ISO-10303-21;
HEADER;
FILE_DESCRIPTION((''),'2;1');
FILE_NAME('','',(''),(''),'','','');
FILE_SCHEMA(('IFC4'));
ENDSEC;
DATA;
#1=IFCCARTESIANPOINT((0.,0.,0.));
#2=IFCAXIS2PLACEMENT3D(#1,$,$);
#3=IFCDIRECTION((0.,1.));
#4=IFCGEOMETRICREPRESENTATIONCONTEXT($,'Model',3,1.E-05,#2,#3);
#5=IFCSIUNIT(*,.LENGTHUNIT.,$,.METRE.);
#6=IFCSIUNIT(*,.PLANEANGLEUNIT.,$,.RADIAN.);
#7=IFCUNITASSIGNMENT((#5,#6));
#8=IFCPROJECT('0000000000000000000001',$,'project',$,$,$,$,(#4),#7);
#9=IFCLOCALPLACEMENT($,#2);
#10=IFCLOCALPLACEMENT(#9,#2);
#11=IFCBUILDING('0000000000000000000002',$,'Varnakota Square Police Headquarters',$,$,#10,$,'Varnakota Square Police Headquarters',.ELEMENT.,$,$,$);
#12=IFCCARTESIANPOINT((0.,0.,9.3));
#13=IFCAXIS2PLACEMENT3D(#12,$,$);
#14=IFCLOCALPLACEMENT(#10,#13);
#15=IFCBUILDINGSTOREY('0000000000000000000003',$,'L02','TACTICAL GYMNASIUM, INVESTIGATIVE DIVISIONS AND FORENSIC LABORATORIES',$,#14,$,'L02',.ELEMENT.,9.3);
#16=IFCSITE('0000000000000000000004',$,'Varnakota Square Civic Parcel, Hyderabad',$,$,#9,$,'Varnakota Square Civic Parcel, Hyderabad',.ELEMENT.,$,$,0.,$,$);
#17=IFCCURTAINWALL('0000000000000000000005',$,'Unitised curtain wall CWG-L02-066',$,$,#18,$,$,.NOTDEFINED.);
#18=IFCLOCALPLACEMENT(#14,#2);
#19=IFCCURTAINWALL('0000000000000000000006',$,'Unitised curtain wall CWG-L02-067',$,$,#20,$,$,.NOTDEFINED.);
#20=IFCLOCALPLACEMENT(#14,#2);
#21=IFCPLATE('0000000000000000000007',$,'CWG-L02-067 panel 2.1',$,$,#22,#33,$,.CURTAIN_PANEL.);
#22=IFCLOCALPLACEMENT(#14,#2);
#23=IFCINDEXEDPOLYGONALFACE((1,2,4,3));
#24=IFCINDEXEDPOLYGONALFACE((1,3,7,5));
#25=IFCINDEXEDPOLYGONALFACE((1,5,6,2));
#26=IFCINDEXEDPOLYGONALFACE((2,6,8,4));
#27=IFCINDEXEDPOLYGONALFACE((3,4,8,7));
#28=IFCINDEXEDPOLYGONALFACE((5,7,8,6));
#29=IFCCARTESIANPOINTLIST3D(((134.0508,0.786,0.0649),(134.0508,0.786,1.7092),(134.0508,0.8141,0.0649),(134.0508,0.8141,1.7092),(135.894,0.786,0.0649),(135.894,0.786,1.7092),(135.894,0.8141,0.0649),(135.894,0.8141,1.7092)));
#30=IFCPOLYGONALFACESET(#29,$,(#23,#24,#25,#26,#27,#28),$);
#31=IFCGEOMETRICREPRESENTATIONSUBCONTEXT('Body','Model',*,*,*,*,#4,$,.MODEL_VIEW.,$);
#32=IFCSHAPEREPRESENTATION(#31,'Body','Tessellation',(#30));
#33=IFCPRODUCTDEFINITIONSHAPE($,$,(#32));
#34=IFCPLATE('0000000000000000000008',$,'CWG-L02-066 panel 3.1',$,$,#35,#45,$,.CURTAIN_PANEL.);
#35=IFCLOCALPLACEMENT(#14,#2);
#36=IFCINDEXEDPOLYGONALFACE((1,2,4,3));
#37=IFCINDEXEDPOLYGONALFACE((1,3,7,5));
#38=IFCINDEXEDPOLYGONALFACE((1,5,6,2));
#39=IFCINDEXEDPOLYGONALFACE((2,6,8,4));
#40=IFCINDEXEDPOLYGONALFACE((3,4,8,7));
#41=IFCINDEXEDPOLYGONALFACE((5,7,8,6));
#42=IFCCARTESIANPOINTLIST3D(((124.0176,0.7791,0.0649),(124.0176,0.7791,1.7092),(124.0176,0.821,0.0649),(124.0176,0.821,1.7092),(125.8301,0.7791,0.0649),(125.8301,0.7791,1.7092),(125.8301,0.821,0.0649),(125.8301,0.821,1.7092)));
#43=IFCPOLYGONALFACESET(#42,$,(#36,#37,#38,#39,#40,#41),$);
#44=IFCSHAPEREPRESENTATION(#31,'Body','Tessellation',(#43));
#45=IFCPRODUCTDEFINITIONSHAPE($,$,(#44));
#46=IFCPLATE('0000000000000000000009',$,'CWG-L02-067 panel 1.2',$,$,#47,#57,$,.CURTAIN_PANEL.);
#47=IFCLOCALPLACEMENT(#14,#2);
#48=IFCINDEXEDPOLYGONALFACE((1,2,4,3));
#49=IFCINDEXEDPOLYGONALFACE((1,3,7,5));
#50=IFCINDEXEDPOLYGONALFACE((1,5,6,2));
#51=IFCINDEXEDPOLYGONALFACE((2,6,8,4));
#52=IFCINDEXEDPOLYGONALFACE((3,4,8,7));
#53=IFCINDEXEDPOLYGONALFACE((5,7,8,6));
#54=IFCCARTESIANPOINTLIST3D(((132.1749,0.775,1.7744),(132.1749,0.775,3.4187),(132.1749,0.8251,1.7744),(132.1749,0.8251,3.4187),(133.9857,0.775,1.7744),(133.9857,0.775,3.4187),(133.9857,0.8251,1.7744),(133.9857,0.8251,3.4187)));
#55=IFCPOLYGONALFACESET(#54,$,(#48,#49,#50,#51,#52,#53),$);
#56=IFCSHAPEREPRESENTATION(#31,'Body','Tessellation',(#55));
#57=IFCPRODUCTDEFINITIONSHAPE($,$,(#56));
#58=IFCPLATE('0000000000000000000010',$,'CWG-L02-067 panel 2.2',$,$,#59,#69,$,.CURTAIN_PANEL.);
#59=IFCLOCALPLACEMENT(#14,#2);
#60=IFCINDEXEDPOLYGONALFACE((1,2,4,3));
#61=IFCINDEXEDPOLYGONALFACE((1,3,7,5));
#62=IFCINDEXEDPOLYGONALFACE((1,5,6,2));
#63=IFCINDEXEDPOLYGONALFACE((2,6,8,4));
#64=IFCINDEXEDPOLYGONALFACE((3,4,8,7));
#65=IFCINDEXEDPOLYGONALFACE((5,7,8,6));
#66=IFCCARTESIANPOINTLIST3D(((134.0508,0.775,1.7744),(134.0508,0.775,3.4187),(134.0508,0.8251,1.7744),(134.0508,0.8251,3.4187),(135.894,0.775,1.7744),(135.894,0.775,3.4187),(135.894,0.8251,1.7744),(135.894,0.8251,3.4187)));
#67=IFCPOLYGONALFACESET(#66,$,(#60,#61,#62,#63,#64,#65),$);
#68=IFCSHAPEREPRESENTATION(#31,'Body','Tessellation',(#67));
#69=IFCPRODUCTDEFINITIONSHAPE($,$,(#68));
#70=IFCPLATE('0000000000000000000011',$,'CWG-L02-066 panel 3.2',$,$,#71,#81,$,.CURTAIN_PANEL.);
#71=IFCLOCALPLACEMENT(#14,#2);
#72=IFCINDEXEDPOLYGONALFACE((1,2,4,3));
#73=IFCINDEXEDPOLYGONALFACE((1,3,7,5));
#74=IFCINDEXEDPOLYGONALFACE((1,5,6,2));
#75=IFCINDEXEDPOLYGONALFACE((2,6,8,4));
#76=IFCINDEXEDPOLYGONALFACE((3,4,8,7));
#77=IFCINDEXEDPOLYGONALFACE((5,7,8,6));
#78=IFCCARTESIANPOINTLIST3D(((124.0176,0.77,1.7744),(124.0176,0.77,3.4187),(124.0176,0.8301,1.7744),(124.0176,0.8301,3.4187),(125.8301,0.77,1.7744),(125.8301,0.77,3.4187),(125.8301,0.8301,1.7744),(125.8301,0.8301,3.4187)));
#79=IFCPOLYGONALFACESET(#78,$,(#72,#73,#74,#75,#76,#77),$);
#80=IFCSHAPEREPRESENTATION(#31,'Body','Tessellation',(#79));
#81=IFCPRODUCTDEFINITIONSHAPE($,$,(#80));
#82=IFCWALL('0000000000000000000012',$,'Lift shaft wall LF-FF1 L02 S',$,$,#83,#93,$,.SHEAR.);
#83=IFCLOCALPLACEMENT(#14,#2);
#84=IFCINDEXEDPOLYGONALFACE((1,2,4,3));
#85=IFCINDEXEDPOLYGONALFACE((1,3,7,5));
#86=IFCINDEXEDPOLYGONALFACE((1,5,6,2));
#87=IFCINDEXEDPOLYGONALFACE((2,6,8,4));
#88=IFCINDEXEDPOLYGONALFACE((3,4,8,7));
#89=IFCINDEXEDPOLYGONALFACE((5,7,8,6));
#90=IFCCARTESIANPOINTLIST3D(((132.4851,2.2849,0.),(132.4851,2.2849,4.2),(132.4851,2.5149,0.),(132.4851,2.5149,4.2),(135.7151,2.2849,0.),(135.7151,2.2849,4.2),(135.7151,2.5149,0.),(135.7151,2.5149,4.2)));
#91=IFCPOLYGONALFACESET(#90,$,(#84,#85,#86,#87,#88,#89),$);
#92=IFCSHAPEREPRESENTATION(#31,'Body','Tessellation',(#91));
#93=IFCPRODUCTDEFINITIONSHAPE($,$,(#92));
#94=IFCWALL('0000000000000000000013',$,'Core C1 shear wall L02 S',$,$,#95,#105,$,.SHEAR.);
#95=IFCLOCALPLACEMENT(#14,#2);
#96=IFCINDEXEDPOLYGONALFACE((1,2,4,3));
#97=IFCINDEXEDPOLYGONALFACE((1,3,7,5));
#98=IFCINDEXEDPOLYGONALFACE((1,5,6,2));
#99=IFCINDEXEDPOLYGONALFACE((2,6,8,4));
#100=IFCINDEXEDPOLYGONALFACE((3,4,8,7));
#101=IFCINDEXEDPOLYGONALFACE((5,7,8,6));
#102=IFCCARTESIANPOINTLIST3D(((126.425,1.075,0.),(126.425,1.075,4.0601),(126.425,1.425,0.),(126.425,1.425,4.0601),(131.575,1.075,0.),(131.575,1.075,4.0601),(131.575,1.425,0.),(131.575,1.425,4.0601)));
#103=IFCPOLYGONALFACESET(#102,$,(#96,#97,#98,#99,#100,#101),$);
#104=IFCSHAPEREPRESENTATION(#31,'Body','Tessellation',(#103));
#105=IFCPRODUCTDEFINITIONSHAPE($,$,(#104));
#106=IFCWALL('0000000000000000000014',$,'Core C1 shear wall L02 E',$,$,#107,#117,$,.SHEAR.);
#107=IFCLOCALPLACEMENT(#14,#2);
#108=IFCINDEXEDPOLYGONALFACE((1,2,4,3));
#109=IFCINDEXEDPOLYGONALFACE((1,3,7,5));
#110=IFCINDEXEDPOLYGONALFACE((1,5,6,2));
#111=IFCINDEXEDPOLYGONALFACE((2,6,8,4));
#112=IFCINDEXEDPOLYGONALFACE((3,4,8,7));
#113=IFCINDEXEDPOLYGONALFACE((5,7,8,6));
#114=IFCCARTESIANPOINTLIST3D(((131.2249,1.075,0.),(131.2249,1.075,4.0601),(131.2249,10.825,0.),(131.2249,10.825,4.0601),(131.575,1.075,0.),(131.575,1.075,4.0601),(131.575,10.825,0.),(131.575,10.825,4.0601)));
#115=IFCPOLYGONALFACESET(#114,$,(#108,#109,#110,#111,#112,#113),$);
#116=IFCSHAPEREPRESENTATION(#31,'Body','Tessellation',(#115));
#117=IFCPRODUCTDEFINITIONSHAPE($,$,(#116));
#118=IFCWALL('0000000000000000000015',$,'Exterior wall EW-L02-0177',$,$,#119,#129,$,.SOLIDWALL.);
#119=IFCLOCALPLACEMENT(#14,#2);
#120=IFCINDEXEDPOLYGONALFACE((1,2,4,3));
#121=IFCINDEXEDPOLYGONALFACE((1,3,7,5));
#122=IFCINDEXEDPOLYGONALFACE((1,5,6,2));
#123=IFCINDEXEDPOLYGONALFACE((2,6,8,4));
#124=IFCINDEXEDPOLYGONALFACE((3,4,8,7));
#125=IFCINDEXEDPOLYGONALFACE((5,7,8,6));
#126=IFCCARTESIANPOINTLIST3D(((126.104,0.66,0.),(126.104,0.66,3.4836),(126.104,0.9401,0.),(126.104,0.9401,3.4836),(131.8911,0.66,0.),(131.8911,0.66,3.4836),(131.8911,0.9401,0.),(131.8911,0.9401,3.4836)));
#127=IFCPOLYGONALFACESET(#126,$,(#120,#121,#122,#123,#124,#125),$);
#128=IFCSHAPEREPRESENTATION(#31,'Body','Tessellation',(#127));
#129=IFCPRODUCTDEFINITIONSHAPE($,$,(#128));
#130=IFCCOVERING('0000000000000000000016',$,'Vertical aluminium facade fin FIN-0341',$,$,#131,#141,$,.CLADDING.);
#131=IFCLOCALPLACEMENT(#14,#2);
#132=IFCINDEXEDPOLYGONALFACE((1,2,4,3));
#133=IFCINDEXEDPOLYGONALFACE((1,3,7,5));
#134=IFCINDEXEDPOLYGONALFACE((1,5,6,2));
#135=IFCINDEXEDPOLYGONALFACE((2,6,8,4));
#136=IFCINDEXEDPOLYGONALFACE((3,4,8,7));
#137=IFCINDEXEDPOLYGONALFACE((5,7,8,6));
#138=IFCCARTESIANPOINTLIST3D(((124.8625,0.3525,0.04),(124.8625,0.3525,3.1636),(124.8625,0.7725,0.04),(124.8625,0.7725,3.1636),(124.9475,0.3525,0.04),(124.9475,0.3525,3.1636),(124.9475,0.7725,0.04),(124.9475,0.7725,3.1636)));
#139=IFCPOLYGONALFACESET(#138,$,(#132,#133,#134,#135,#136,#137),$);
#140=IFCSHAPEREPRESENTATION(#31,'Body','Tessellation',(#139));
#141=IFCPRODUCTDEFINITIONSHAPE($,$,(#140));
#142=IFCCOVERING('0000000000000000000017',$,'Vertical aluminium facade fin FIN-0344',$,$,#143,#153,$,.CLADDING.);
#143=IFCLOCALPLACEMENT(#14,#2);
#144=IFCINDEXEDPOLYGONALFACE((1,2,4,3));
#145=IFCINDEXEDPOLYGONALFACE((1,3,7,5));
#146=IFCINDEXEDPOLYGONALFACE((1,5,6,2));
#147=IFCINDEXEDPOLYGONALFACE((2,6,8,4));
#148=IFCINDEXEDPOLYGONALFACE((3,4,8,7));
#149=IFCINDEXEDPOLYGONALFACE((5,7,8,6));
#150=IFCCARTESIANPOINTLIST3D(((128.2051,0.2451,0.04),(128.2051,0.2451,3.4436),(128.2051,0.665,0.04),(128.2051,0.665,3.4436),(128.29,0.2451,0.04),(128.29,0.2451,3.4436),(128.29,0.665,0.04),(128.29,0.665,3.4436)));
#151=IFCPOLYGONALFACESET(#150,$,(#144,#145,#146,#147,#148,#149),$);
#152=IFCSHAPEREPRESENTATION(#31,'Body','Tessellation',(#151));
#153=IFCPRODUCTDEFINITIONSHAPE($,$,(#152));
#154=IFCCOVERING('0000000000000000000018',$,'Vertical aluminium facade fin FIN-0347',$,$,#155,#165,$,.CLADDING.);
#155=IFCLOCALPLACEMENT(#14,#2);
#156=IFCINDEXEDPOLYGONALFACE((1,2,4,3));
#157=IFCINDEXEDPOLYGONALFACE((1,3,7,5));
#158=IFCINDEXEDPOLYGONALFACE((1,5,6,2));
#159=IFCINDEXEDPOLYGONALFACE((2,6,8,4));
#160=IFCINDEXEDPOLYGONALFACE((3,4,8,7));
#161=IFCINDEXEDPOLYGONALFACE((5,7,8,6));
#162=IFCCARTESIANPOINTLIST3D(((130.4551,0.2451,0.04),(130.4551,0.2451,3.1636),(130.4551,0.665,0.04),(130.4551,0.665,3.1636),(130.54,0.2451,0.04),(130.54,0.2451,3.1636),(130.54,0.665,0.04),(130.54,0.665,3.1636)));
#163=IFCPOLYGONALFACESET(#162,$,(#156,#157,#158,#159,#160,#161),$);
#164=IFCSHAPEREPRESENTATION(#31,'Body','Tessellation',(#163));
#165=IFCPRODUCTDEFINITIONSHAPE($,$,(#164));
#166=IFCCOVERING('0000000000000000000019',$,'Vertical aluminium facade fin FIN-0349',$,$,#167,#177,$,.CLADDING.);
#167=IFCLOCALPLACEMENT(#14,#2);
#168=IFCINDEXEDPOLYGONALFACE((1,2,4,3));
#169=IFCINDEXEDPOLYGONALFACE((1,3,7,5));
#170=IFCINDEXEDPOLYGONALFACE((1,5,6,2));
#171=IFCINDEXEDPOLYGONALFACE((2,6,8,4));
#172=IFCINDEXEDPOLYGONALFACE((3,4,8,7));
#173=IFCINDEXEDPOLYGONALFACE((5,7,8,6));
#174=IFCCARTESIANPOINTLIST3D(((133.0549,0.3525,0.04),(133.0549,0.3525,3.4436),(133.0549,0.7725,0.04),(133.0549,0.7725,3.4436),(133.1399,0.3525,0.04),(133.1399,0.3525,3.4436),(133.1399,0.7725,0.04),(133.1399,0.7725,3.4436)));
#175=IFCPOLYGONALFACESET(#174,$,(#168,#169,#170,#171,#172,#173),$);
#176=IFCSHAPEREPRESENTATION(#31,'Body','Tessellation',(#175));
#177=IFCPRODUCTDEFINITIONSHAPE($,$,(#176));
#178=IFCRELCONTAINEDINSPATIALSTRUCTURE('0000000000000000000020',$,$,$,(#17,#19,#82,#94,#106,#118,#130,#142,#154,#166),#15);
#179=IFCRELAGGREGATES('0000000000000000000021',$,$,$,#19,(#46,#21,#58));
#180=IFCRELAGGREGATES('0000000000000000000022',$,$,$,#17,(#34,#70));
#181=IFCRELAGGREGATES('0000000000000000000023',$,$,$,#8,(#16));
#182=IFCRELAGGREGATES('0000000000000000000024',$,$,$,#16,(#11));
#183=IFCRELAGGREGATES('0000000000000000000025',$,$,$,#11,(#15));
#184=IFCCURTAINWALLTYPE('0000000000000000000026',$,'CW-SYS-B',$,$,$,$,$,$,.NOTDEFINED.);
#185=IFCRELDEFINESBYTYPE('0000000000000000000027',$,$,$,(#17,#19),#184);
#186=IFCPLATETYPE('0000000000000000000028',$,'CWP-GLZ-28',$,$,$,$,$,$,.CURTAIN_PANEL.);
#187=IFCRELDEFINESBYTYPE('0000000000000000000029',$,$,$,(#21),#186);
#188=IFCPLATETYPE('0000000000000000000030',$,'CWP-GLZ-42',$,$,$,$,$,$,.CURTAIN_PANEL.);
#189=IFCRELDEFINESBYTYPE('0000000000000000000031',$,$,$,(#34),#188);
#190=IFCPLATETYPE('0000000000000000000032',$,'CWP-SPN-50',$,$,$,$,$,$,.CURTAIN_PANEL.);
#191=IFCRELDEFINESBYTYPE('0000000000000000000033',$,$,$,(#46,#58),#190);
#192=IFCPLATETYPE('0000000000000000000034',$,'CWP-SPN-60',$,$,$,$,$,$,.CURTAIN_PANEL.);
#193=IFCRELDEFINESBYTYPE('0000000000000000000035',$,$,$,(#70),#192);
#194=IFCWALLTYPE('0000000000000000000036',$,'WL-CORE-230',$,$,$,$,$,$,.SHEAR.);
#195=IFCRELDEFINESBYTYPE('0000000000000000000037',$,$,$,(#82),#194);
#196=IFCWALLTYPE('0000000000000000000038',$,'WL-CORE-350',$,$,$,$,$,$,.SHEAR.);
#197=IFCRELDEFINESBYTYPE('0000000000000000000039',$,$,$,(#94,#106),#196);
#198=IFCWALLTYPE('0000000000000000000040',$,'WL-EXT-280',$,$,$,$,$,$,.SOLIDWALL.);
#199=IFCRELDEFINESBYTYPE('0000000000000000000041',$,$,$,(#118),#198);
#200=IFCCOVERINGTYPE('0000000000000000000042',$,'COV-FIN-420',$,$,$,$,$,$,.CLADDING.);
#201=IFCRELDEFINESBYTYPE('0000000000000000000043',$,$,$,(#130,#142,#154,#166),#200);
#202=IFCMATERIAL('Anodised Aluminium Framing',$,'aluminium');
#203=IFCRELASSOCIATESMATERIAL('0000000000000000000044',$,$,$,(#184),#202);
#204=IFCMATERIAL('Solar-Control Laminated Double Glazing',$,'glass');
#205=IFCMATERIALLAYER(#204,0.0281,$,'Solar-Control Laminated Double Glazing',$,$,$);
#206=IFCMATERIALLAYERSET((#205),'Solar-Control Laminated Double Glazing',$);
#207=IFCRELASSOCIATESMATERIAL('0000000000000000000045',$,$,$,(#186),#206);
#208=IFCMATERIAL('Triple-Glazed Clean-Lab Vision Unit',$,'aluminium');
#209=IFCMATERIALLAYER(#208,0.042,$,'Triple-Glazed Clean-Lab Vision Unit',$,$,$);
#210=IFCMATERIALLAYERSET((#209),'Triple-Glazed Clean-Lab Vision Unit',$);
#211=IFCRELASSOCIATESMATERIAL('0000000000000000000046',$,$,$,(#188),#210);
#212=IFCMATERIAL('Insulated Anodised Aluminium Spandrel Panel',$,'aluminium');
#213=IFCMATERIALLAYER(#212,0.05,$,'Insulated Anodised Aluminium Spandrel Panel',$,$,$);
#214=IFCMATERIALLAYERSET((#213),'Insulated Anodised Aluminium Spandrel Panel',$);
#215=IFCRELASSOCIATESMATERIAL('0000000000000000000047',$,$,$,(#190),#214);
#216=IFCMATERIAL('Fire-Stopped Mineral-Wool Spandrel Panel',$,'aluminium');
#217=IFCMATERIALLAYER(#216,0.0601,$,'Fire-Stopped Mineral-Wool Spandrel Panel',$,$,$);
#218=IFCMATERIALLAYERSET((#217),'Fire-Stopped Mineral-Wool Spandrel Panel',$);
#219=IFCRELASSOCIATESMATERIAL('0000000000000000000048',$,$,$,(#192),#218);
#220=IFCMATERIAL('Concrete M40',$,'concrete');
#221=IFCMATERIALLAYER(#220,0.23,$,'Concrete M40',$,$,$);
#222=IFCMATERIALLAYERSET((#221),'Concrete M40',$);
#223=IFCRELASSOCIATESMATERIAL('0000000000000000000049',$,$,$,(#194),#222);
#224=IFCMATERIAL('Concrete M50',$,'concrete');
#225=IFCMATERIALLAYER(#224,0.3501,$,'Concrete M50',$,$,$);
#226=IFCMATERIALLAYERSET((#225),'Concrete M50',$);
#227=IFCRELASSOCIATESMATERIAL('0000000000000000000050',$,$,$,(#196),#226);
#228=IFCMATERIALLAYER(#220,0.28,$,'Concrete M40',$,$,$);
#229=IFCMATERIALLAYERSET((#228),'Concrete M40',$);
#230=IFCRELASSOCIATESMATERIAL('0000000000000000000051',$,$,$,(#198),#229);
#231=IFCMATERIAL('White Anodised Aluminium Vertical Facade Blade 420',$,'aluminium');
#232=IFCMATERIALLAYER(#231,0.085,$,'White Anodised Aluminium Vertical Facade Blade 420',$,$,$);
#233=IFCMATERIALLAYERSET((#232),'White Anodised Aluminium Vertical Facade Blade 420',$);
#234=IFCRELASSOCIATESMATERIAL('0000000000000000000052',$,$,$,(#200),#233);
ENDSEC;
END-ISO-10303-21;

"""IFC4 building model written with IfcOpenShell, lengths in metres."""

from ifc_helpers import new_model, si_unit, direction, frame, frame_2d, origin, origin_2d, place, context, subcontext, project, spatial, rectangle, extrude, material, layer, layer_set, type_object, element, aggregate, save


model = new_model("IFC4")

# Units and contexts
model_context = context("Model", 3, precision=1e-05, world=origin(), true_north=direction((0.0, 1.0)))
body_context = subcontext(model_context, "Body", "Model", "MODEL_VIEW")
ifc_project = project(units=[si_unit("LENGTHUNIT", "METRE"), si_unit("PLANEANGLEUNIT", "RADIAN")], contexts=[model_context])

# Site, building, storey
site_placement = place(None, origin())
site = spatial("IfcSite", under=ifc_project, at=site_placement, Name="Varnakota Square Civic Parcel, Hyderabad", LongName="Varnakota Square Civic Parcel, Hyderabad", CompositionType="ELEMENT", RefElevation=0.0)
building_placement = place(site_placement, origin())
building = spatial("IfcBuilding", under=site, at=building_placement, Name="Varnakota Square Police Headquarters", LongName="Varnakota Square Police Headquarters", CompositionType="ELEMENT")
storey_placement = place(building_placement, frame((0.0, 0.0, 9.3)))
storey = spatial("IfcBuildingStorey", under=building, at=storey_placement, Name="L02", Description="TACTICAL GYMNASIUM, INVESTIGATIVE DIVISIONS AND FORENSIC LABORATORIES", LongName="L02", CompositionType="ELEMENT", Elevation=9.3)

# Curtain wall
ifc_material_1 = material(Name="Anodised Aluminium Framing", Category="aluminium")
curtain_wall_type = type_object("IfcCurtainWallType", Name="CW-SYS-B", PredefinedType="NOTDEFINED", material=ifc_material_1)
curtain_wall_1_placement = place(storey_placement, origin())
curtain_wall_1 = element("IfcCurtainWall", 1, at=curtain_wall_1_placement, inside=storey, type_object=curtain_wall_type, Name="Unitised curtain wall CWG-L02-066", PredefinedType="NOTDEFINED")

# Curtain wall, plate
curtain_wall_2_placement = place(storey_placement, origin())
curtain_wall_2 = element("IfcCurtainWall", 2, at=curtain_wall_2_placement, inside=storey, type_object=curtain_wall_type, Name="Unitised curtain wall CWG-L02-067", PredefinedType="NOTDEFINED")
ifc_material_2 = material(Name="Solar-Control Laminated Double Glazing", Category="glass")
ifc_layer_1 = layer(ifc_material_2, 0.0281, Name="Solar-Control Laminated Double Glazing")
ifc_layer_set_1 = layer_set([ifc_layer_1], Name="Solar-Control Laminated Double Glazing")
plate_type_1 = type_object("IfcPlateType", Name="CWP-GLZ-28", PredefinedType="CURTAIN_PANEL", material=ifc_layer_set_1)
plate_1_placement = place(storey_placement, frame((134.9724, 0.8, 0.0649), z_axis=(0.0, 0.0, 1.0), x_axis=(1.0, 0.0, 0.0)))
plate_1 = element("IfcPlate", 3, at=plate_1_placement, type_object=plate_type_1, Name="CWG-L02-067 panel 2.1", PredefinedType="CURTAIN_PANEL", context=body_context, shape_type="SweptSolid", body=[
    extrude(rectangle(XDim=1.8433, YDim=0.0281, at=origin_2d()), origin(), (0.0, 0.0, 1.0), 1.6443),
])

# Plates
ifc_material_3 = material(Name="Triple-Glazed Clean-Lab Vision Unit", Category="aluminium")
ifc_layer_2 = layer(ifc_material_3, 0.042, Name="Triple-Glazed Clean-Lab Vision Unit")
ifc_layer_set_2 = layer_set([ifc_layer_2], Name="Triple-Glazed Clean-Lab Vision Unit")
plate_type_2 = type_object("IfcPlateType", Name="CWP-GLZ-42", PredefinedType="CURTAIN_PANEL", material=ifc_layer_set_2)
plate_2_placement = place(storey_placement, frame((124.9238, 0.8, 0.0649), z_axis=(0.0, 0.0, 1.0), x_axis=(1.0, 0.0, 0.0)))
plate_2 = element("IfcPlate", 4, at=plate_2_placement, type_object=plate_type_2, Name="CWG-L02-066 panel 3.1", PredefinedType="CURTAIN_PANEL", context=body_context, shape_type="SweptSolid", body=[
    extrude(rectangle(XDim=1.8125, YDim=0.042, at=origin_2d()), origin(), (0.0, 0.0, 1.0), 1.6443),
])
ifc_material_4 = material(Name="Insulated Anodised Aluminium Spandrel Panel", Category="aluminium")
ifc_layer_3 = layer(ifc_material_4, 0.05, Name="Insulated Anodised Aluminium Spandrel Panel")
ifc_layer_set_3 = layer_set([ifc_layer_3], Name="Insulated Anodised Aluminium Spandrel Panel")
plate_type_3 = type_object("IfcPlateType", Name="CWP-SPN-50", PredefinedType="CURTAIN_PANEL", material=ifc_layer_set_3)
plate_3_placement = place(storey_placement, frame((133.0803, 0.8, 1.7744), z_axis=(0.0, 0.0, 1.0), x_axis=(1.0, 0.0, 0.0)))
plate_3 = element("IfcPlate", 5, at=plate_3_placement, type_object=plate_type_3, Name="CWG-L02-067 panel 1.2", PredefinedType="CURTAIN_PANEL", context=body_context, shape_type="SweptSolid", body=[
    extrude(rectangle(XDim=1.8108, YDim=0.05, at=origin_2d()), origin(), (0.0, 0.0, 1.0), 1.6443),
])
plate_4_placement = place(storey_placement, frame((134.9724, 0.8, 1.7744), z_axis=(0.0, 0.0, 1.0), x_axis=(1.0, 0.0, 0.0)))
plate_4 = element("IfcPlate", 6, at=plate_4_placement, type_object=plate_type_3, Name="CWG-L02-067 panel 2.2", PredefinedType="CURTAIN_PANEL", context=body_context, shape_type="SweptSolid", body=[
    extrude(rectangle(XDim=1.8433, YDim=0.05, at=origin_2d()), origin(), (0.0, 0.0, 1.0), 1.6443),
])
aggregate(curtain_wall_2, [plate_3, plate_1, plate_4])
ifc_material_5 = material(Name="Fire-Stopped Mineral-Wool Spandrel Panel", Category="aluminium")
ifc_layer_4 = layer(ifc_material_5, 0.0601, Name="Fire-Stopped Mineral-Wool Spandrel Panel")
ifc_layer_set_4 = layer_set([ifc_layer_4], Name="Fire-Stopped Mineral-Wool Spandrel Panel")
plate_type_4 = type_object("IfcPlateType", Name="CWP-SPN-60", PredefinedType="CURTAIN_PANEL", material=ifc_layer_set_4)
plate_5_placement = place(storey_placement, frame((124.9238, 0.8, 1.7744), z_axis=(0.0, 0.0, 1.0), x_axis=(1.0, 0.0, 0.0)))
plate_5 = element("IfcPlate", 7, at=plate_5_placement, type_object=plate_type_4, Name="CWG-L02-066 panel 3.2", PredefinedType="CURTAIN_PANEL", context=body_context, shape_type="SweptSolid", body=[
    extrude(rectangle(XDim=1.8125, YDim=0.0601, at=origin_2d()), origin(), (0.0, 0.0, 1.0), 1.6443),
])
aggregate(curtain_wall_1, [plate_2, plate_5])

# Walls
ifc_material_6 = material(Name="Concrete M40", Category="concrete")
ifc_layer_5 = layer(ifc_material_6, 0.23, Name="Concrete M40")
ifc_layer_set_5 = layer_set([ifc_layer_5], Name="Concrete M40")
wall_type_1 = type_object("IfcWallType", Name="WL-CORE-230", PredefinedType="SHEAR", material=ifc_layer_set_5)
wall_1_placement = place(storey_placement, frame((132.4851, 2.3999, 0.0), z_axis=(0.0, 0.0, 1.0), x_axis=(1.0, 0.0, 0.0)))
element("IfcWall", 8, at=wall_1_placement, inside=storey, type_object=wall_type_1, Name="Lift shaft wall LF-FF1 L02 S", PredefinedType="SHEAR", context=body_context, shape_type="SweptSolid", body=[
    extrude(rectangle(XDim=3.23, YDim=0.23, at=frame_2d((1.615, 0.0))), origin(), (0.0, 0.0, 1.0), 4.2),
])
ifc_material_7 = material(Name="Concrete M50", Category="concrete")
ifc_layer_6 = layer(ifc_material_7, 0.3501, Name="Concrete M50")
ifc_layer_set_6 = layer_set([ifc_layer_6], Name="Concrete M50")
wall_type_2 = type_object("IfcWallType", Name="WL-CORE-350", PredefinedType="SHEAR", material=ifc_layer_set_6)
wall_2_placement = place(storey_placement, frame((126.425, 1.25, 0.0), z_axis=(0.0, 0.0, 1.0), x_axis=(1.0, 0.0, 0.0)))
element("IfcWall", 9, at=wall_2_placement, inside=storey, type_object=wall_type_2, Name="Core C1 shear wall L02 S", PredefinedType="SHEAR", context=body_context, shape_type="SweptSolid", body=[
    extrude(rectangle(XDim=5.1499, YDim=0.3501, at=frame_2d((2.575, 0.0))), origin(), (0.0, 0.0, 1.0), 4.0601),
])
wall_3_placement = place(storey_placement, frame((131.3999, 1.075, 0.0), z_axis=(0.0, 0.0, 1.0), x_axis=(0.0, 1.0, 0.0)))
element("IfcWall", 10, at=wall_3_placement, inside=storey, type_object=wall_type_2, Name="Core C1 shear wall L02 E", PredefinedType="SHEAR", context=body_context, shape_type="SweptSolid", body=[
    extrude(rectangle(XDim=9.75, YDim=0.3501, at=frame_2d((4.875, 0.0))), origin(), (0.0, 0.0, 1.0), 4.0601),
])
ifc_layer_7 = layer(ifc_material_6, 0.28, Name="Concrete M40")
ifc_layer_set_7 = layer_set([ifc_layer_7], Name="Concrete M40")
wall_type_3 = type_object("IfcWallType", Name="WL-EXT-280", PredefinedType="SOLIDWALL", material=ifc_layer_set_7)
wall_4_placement = place(storey_placement, frame((126.104, 0.8, 0.0), z_axis=(0.0, 0.0, 1.0), x_axis=(1.0, 0.0, 0.0)))
element("IfcWall", 11, at=wall_4_placement, inside=storey, type_object=wall_type_3, Name="Exterior wall EW-L02-0177", PredefinedType="SOLIDWALL", context=body_context, shape_type="SweptSolid", body=[
    extrude(rectangle(XDim=5.7871, YDim=0.28, at=frame_2d((2.8936, 0.0))), origin(), (0.0, 0.0, 1.0), 3.4836),
])

# Coverings
ifc_material_8 = material(Name="White Anodised Aluminium Vertical Facade Blade 420", Category="aluminium")
ifc_layer_8 = layer(ifc_material_8, 0.085, Name="White Anodised Aluminium Vertical Facade Blade 420")
ifc_layer_set_8 = layer_set([ifc_layer_8], Name="White Anodised Aluminium Vertical Facade Blade 420")
covering_type_1 = type_object("IfcCoveringType", Name="COV-FIN-420", PredefinedType="CLADDING", material=ifc_layer_set_8)
covering_1_placement = place(storey_placement, frame((124.905, 0.5625, 0.04), z_axis=(0.0, 0.0, 1.0), x_axis=(1.0, 0.0, 0.0)))
element("IfcCovering", 12, at=covering_1_placement, inside=storey, type_object=covering_type_1, Name="Vertical aluminium facade fin FIN-0341", PredefinedType="CLADDING", context=body_context, shape_type="SweptSolid", body=[
    extrude(rectangle(XDim=0.085, YDim=0.4199, at=origin_2d()), origin(), (0.0, 0.0, 1.0), 3.1235),
])
covering_2_placement = place(storey_placement, frame((128.2476, 0.4551, 0.04), z_axis=(0.0, 0.0, 1.0), x_axis=(1.0, 0.0, 0.0)))
element("IfcCovering", 13, at=covering_2_placement, inside=storey, type_object=covering_type_1, Name="Vertical aluminium facade fin FIN-0344", PredefinedType="CLADDING", context=body_context, shape_type="SweptSolid", body=[
    extrude(rectangle(XDim=0.085, YDim=0.4199, at=origin_2d()), origin(), (0.0, 0.0, 1.0), 3.4036),
])
covering_3_placement = place(storey_placement, frame((130.4976, 0.4551, 0.04), z_axis=(0.0, 0.0, 1.0), x_axis=(1.0, 0.0, 0.0)))
element("IfcCovering", 14, at=covering_3_placement, inside=storey, type_object=covering_type_1, Name="Vertical aluminium facade fin FIN-0347", PredefinedType="CLADDING", context=body_context, shape_type="SweptSolid", body=[
    extrude(rectangle(XDim=0.085, YDim=0.4199, at=origin_2d()), origin(), (0.0, 0.0, 1.0), 3.1235),
])
covering_4_placement = place(storey_placement, frame((133.0974, 0.5625, 0.04), z_axis=(0.0, 0.0, 1.0), x_axis=(1.0, 0.0, 0.0)))
element("IfcCovering", 15, at=covering_4_placement, inside=storey, type_object=covering_type_1, Name="Vertical aluminium facade fin FIN-0349", PredefinedType="CLADDING", context=body_context, shape_type="SweptSolid", body=[
    extrude(rectangle(XDim=0.085, YDim=0.4199, at=origin_2d()), origin(), (0.0, 0.0, 1.0), 3.4036),
])

save(model, "model.ifc")
